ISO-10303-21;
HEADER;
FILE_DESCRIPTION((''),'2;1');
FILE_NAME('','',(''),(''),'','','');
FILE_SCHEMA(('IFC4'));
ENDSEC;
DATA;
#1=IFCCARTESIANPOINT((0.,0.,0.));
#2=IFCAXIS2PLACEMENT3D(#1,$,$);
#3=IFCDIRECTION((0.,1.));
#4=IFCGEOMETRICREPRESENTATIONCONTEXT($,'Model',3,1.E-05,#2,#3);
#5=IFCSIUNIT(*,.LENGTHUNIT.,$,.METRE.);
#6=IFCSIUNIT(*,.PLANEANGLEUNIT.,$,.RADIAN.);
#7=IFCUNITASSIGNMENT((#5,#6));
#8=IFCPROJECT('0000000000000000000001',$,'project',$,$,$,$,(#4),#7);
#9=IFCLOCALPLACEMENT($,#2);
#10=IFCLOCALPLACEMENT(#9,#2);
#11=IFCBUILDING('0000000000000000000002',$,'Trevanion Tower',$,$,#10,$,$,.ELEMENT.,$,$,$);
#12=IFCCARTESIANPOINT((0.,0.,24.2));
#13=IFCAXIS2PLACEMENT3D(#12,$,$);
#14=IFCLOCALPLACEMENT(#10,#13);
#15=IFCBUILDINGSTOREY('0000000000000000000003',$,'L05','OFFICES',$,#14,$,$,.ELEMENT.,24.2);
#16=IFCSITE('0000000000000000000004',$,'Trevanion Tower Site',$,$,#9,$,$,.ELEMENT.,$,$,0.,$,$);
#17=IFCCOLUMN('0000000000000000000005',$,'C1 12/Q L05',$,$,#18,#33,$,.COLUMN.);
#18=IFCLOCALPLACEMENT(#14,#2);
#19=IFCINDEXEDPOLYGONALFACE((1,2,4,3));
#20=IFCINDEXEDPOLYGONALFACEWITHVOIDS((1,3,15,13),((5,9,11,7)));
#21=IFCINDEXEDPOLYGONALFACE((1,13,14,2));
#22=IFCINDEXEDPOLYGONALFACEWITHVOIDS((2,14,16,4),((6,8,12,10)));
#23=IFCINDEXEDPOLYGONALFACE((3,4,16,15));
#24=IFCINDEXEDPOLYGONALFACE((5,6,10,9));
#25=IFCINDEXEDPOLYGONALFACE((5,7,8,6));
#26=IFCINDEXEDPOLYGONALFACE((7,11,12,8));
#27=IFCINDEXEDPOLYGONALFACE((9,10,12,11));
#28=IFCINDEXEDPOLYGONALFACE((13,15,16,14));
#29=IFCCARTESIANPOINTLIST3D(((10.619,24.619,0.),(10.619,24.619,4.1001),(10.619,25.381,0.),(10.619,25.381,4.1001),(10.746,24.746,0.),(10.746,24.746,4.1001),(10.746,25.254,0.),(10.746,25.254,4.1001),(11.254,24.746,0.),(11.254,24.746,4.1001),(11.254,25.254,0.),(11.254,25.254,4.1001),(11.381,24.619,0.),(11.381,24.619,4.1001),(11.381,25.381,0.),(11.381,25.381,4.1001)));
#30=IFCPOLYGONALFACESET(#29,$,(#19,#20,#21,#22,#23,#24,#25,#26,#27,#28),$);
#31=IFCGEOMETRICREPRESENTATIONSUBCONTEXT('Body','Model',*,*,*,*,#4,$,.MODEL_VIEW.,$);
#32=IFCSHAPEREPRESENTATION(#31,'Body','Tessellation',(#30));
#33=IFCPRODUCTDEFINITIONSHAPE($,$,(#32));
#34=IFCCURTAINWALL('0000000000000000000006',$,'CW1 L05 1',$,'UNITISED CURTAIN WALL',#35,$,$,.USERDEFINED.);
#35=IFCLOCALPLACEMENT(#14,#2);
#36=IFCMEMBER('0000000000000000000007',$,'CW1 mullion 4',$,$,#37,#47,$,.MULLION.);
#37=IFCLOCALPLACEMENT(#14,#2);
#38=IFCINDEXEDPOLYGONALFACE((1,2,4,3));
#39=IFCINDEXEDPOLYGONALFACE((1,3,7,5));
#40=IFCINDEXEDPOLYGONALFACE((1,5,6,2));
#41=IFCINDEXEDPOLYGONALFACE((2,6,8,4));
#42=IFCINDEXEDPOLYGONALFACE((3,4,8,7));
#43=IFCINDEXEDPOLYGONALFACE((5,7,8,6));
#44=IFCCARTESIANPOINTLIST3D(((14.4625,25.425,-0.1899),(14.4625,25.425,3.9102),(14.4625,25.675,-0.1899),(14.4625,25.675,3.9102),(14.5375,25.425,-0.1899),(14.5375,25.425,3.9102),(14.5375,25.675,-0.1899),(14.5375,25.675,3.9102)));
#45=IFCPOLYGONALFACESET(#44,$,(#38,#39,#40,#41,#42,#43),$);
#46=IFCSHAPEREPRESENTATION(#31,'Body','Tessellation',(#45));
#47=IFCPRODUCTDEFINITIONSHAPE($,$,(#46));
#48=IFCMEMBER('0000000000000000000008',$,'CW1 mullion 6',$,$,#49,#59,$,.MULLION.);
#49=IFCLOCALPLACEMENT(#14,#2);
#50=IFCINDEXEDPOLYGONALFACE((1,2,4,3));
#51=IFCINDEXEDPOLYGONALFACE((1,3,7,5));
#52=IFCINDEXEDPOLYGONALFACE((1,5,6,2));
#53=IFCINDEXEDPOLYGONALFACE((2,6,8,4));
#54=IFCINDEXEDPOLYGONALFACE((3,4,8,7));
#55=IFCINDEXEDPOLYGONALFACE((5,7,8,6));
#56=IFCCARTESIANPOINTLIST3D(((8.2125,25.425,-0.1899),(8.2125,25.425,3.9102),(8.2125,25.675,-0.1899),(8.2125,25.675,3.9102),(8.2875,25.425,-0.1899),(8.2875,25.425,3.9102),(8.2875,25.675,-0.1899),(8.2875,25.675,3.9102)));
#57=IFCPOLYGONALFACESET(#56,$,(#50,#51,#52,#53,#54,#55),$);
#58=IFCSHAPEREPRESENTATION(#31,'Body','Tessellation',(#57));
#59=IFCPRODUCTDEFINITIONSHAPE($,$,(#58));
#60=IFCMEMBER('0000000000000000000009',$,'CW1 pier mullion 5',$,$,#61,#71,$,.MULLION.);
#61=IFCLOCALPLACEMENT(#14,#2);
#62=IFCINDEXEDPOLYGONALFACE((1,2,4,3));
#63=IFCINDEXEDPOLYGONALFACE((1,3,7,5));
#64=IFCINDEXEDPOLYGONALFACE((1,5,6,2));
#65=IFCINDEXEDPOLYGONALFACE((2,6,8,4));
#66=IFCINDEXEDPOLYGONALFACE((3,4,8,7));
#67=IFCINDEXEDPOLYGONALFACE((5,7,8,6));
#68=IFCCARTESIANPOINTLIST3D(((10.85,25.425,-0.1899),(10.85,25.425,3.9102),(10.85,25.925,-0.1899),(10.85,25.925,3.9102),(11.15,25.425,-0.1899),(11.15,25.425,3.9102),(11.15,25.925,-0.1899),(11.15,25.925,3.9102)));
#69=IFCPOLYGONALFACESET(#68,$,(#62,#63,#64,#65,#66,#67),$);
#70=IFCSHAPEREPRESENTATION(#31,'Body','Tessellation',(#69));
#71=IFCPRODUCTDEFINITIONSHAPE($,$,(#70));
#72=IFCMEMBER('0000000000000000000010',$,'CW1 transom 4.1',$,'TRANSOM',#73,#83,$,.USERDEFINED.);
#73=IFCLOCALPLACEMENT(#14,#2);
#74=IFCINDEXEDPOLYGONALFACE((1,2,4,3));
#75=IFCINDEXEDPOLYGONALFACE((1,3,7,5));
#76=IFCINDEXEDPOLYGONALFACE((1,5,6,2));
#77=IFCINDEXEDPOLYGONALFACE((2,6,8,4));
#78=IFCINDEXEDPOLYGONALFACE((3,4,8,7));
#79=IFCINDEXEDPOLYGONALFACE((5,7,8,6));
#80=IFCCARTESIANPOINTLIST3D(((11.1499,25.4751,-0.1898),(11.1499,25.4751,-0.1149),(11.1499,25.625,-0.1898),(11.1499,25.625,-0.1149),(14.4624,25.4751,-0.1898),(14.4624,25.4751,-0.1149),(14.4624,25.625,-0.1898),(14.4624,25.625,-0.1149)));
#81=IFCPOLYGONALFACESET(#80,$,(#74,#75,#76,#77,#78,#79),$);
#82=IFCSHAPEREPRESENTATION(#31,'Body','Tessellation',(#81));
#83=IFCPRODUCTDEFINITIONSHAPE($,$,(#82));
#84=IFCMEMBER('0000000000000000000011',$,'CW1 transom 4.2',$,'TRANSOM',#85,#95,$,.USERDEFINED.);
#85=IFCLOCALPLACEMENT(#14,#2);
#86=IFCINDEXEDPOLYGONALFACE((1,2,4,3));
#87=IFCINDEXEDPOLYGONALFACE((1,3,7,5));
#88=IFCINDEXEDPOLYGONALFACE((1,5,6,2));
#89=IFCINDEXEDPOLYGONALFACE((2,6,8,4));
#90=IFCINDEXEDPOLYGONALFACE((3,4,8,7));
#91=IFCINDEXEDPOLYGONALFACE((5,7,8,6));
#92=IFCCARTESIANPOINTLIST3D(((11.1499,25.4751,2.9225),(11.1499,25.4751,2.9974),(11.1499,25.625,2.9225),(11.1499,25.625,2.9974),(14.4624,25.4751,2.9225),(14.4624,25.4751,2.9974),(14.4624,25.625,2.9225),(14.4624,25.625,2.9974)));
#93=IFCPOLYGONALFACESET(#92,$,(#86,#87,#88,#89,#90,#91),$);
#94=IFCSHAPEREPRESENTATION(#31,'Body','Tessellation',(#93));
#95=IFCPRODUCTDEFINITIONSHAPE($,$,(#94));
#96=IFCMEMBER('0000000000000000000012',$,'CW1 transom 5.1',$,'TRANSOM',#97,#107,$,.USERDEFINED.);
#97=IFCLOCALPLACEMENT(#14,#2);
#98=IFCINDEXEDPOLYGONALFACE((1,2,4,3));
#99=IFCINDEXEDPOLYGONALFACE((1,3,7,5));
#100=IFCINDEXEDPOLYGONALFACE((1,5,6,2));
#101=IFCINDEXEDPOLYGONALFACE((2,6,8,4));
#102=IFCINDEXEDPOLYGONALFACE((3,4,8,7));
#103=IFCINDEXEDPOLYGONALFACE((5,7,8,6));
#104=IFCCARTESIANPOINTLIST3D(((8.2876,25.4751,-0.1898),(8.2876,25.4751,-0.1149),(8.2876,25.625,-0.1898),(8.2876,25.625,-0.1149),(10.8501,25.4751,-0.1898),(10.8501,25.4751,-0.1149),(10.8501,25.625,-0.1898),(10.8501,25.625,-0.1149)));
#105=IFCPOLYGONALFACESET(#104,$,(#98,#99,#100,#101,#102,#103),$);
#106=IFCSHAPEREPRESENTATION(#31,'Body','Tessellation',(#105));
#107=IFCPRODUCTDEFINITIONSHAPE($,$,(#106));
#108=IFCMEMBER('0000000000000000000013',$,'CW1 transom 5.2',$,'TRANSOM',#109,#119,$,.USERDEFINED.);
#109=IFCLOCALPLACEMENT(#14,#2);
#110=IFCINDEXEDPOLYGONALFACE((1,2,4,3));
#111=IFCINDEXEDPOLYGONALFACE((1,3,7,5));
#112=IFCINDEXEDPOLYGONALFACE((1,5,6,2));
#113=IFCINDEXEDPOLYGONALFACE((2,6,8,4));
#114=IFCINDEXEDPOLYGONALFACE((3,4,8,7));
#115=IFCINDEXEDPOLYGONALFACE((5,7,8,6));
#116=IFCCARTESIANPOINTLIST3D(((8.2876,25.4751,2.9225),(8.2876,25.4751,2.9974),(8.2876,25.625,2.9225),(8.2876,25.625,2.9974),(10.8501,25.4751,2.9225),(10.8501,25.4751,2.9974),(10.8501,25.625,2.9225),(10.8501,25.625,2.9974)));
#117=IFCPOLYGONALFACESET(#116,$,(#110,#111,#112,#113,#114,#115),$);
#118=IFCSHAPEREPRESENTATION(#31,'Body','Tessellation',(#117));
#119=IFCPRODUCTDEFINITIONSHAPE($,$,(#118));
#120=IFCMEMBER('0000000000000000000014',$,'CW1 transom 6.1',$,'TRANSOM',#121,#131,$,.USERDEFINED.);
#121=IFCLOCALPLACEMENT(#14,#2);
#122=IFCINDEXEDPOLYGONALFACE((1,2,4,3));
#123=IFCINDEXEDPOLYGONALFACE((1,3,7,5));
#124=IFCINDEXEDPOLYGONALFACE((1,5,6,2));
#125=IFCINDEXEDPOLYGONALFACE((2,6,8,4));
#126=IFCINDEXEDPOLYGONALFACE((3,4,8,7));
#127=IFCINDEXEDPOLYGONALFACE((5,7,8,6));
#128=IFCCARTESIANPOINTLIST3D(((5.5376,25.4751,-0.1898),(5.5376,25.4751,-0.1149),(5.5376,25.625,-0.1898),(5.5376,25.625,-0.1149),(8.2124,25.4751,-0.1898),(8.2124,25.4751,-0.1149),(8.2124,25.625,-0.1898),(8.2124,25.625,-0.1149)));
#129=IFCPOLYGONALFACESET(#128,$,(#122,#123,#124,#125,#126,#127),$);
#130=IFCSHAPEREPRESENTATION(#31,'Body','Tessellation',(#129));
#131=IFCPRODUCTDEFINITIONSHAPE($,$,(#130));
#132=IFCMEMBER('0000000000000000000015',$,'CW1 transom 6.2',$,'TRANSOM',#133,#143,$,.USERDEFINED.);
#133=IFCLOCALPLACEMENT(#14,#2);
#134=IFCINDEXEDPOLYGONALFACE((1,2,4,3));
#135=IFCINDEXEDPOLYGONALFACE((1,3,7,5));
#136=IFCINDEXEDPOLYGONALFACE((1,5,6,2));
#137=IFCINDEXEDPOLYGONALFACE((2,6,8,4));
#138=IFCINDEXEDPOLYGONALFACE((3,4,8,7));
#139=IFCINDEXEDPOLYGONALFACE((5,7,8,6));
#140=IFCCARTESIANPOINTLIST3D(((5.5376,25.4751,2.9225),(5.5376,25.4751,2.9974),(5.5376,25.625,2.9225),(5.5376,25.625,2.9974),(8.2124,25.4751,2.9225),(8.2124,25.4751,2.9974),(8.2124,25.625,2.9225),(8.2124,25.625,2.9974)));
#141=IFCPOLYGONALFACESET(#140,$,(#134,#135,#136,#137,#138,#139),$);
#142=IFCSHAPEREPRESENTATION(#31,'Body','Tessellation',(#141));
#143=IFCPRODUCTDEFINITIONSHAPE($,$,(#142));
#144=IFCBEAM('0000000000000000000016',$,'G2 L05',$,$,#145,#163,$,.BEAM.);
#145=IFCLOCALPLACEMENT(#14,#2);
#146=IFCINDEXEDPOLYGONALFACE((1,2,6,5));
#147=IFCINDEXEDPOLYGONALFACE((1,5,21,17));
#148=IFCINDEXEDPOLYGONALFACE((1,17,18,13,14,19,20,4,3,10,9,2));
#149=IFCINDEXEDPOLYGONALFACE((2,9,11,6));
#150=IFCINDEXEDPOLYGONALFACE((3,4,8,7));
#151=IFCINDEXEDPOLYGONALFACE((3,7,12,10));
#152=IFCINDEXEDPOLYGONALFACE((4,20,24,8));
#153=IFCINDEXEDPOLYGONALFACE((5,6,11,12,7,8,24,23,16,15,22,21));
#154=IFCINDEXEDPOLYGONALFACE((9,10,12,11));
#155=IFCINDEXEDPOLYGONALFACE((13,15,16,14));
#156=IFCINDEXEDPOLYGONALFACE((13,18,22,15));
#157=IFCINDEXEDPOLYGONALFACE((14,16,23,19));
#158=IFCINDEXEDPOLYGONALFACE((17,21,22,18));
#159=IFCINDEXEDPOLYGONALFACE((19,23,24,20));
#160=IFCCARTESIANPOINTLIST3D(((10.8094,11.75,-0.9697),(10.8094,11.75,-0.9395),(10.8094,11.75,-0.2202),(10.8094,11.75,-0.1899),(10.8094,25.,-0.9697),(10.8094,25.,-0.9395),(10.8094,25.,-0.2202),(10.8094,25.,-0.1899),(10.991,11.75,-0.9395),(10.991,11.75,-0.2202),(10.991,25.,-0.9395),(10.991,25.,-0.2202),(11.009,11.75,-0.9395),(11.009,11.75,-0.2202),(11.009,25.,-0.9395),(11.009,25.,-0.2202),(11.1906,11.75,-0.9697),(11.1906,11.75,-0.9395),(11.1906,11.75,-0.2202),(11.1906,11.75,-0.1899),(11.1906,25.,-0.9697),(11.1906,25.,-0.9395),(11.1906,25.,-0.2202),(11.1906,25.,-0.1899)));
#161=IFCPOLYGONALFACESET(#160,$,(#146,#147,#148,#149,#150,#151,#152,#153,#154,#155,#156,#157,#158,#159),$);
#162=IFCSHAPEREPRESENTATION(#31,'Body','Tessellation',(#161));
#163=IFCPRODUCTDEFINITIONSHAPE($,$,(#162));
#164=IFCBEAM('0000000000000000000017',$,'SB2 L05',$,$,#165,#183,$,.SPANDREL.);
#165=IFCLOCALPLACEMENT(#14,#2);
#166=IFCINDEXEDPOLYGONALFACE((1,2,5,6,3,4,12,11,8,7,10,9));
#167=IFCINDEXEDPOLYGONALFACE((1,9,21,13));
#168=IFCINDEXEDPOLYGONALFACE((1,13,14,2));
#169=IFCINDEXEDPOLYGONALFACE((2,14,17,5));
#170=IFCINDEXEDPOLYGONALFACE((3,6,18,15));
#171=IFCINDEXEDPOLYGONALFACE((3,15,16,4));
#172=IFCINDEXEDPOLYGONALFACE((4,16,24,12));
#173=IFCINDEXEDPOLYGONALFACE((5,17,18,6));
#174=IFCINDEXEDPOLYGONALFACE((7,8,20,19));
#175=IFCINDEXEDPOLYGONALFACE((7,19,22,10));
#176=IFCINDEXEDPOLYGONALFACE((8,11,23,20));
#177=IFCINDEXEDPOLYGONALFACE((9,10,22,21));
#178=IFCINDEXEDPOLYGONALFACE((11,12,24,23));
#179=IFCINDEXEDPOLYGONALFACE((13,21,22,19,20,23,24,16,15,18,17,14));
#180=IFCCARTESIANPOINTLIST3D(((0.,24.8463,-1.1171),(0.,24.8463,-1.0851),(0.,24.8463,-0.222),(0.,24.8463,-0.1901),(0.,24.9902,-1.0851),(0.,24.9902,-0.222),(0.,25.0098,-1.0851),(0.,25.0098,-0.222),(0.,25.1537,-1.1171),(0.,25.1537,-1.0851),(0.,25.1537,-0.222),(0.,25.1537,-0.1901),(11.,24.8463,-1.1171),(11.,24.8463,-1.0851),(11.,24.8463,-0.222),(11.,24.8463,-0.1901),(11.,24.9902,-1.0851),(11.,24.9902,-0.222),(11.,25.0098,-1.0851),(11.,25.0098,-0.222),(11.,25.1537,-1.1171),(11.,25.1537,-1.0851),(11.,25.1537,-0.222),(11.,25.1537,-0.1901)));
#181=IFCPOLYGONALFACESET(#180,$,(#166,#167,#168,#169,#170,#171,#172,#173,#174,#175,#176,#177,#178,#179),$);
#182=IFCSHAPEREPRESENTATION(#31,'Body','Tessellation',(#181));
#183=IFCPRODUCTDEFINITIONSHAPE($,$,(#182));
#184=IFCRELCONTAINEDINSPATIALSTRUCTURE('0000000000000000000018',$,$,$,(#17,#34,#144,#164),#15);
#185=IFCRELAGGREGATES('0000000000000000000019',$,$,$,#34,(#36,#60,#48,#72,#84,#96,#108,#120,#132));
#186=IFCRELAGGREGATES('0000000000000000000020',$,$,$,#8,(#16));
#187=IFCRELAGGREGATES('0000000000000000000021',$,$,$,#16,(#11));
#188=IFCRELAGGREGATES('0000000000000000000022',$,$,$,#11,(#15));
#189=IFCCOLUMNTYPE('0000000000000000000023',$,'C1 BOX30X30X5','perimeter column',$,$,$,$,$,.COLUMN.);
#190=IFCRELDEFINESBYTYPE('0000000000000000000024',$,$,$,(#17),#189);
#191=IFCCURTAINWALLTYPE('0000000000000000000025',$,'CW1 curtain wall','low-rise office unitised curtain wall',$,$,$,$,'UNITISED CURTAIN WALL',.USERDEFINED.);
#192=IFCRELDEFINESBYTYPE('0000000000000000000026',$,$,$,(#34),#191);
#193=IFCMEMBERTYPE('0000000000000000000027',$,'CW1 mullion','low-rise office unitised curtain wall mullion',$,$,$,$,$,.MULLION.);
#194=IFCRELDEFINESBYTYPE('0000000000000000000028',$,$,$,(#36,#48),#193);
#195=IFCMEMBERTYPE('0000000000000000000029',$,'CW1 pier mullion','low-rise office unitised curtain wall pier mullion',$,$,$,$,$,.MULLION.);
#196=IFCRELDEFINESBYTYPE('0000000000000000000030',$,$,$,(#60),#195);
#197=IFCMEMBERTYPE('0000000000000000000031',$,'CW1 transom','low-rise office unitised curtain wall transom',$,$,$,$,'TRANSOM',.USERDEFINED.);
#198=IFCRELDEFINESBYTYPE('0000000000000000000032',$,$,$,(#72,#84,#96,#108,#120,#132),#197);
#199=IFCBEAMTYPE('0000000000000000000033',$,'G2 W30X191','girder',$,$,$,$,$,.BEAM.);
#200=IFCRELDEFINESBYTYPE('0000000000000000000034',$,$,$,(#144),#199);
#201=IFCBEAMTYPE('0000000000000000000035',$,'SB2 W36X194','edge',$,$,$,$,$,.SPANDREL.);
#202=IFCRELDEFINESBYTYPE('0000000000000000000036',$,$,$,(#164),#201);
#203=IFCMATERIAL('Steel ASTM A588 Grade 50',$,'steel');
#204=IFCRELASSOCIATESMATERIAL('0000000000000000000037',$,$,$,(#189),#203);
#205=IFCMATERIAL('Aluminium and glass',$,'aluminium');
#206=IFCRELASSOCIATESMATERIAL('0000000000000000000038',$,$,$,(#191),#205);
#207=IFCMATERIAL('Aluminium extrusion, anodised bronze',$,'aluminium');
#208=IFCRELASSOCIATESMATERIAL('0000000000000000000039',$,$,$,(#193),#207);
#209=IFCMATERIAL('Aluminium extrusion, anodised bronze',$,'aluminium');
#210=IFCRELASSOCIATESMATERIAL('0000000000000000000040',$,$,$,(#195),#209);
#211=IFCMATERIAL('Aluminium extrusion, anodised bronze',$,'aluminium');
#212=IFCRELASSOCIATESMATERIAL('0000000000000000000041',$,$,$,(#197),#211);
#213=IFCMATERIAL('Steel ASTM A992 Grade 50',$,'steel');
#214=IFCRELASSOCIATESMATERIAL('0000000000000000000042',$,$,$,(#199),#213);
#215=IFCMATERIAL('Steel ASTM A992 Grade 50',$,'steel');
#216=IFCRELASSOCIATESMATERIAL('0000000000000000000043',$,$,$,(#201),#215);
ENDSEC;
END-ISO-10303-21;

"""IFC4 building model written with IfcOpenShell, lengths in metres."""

from ifc_helpers import new_model, si_unit, direction, frame, origin, origin_2d, place, context, subcontext, project, spatial, rectangle, hollow_rectangle, i_section, extrude, material, material_profile, profile_set, type_object, element, aggregate, save


model = new_model("IFC4")

# Units and contexts
model_context = context("Model", 3, precision=1e-05, world=origin(), true_north=direction((0.0, 1.0)))
body_context = subcontext(model_context, "Body", "Model", "MODEL_VIEW")
ifc_project = project(units=[si_unit("LENGTHUNIT", "METRE"), si_unit("PLANEANGLEUNIT", "RADIAN")], contexts=[model_context])

# Site, building, storey
site_placement = place(None, origin())
site = spatial("IfcSite", under=ifc_project, at=site_placement, Name="Trevanion Tower Site", CompositionType="ELEMENT", RefElevation=0.0)
building_placement = place(site_placement, origin())
building = spatial("IfcBuilding", under=site, at=building_placement, Name="Trevanion Tower", CompositionType="ELEMENT")
storey_placement = place(building_placement, frame((0.0, 0.0, 24.2)))
storey = spatial("IfcBuildingStorey", under=building, at=storey_placement, Name="L05", Description="OFFICES", CompositionType="ELEMENT", Elevation=24.2)

# Column
ifc_material_1 = material(Name="Steel ASTM A588 Grade 50", Category="steel")
ifc_material_profile_1 = material_profile(ifc_material_1, hollow_rectangle(XDim=0.762, YDim=0.762, WallThickness=0.127, at=origin_2d()), Name="BOX30X30X5")
ifc_profile_set_1 = profile_set([ifc_material_profile_1], Name="Steel ASTM A588 Grade 50")
column_type = type_object("IfcColumnType", Name="C1 BOX30X30X5", Description="perimeter column", PredefinedType="COLUMN", material=ifc_profile_set_1)
column_placement = place(storey_placement, frame((11.0, 25.0, 0.0), z_axis=(0.0, 0.0, 1.0), x_axis=(1.0, 0.0, 0.0)))
element("IfcColumn", 1, at=column_placement, inside=storey, type_object=column_type, Name="C1 12/Q L05", PredefinedType="COLUMN", context=body_context, shape_type="SweptSolid", body=[
    extrude(hollow_rectangle(XDim=0.762, YDim=0.762, WallThickness=0.127, at=origin_2d()), origin(), (0.0, 0.0, 1.0), 4.1001),
])

# Curtain wall, members
ifc_material_2 = material(Name="Aluminium and glass", Category="aluminium")
curtain_wall_type = type_object("IfcCurtainWallType", Name="CW1 curtain wall", Description="low-rise office unitised curtain wall", ElementType="UNITISED CURTAIN WALL", PredefinedType="USERDEFINED", material=ifc_material_2)
curtain_wall_placement = place(storey_placement, origin())
curtain_wall = element("IfcCurtainWall", 2, at=curtain_wall_placement, inside=storey, type_object=curtain_wall_type, Name="CW1 L05 1", ObjectType="UNITISED CURTAIN WALL", PredefinedType="USERDEFINED")
ifc_material_3 = material(Name="Aluminium extrusion, anodised bronze", Category="aluminium")
ifc_material_profile_2 = material_profile(ifc_material_3, rectangle(XDim=0.075, YDim=0.25, at=origin_2d()), Name="CW1 mullion")
ifc_profile_set_2 = profile_set([ifc_material_profile_2], Name="Aluminium extrusion, anodised bronze")
member_type_1 = type_object("IfcMemberType", Name="CW1 mullion", Description="low-rise office unitised curtain wall mullion", PredefinedType="MULLION", material=ifc_profile_set_2)
member_1_placement = place(storey_placement, frame((14.5, 25.55, -0.1899), z_axis=(0.0, 0.0, 1.0), x_axis=(-1.0, 0.0, 0.0)))
member_1 = element("IfcMember", 3, at=member_1_placement, type_object=member_type_1, Name="CW1 mullion 4", PredefinedType="MULLION", context=body_context, shape_type="SweptSolid", body=[
    extrude(rectangle(XDim=0.075, YDim=0.25, at=origin_2d()), origin(), (0.0, 0.0, 1.0), 4.1001),
])
member_2_placement = place(storey_placement, frame((8.25, 25.55, -0.1899), z_axis=(0.0, 0.0, 1.0), x_axis=(-1.0, 0.0, 0.0)))
member_2 = element("IfcMember", 4, at=member_2_placement, type_object=member_type_1, Name="CW1 mullion 6", PredefinedType="MULLION", context=body_context, shape_type="SweptSolid", body=[
    extrude(rectangle(XDim=0.075, YDim=0.25, at=origin_2d()), origin(), (0.0, 0.0, 1.0), 4.1001),
])
ifc_material_4 = material(Name="Aluminium extrusion, anodised bronze", Category="aluminium")
ifc_material_profile_3 = material_profile(ifc_material_4, rectangle(XDim=0.3, YDim=0.5, at=origin_2d()), Name="CW1 pier mullion")
ifc_profile_set_3 = profile_set([ifc_material_profile_3], Name="Aluminium extrusion, anodised bronze")
member_type_2 = type_object("IfcMemberType", Name="CW1 pier mullion", Description="low-rise office unitised curtain wall pier mullion", PredefinedType="MULLION", material=ifc_profile_set_3)
member_3_placement = place(storey_placement, frame((11.0, 25.675, -0.1899), z_axis=(0.0, 0.0, 1.0), x_axis=(-1.0, 0.0, 0.0)))
member_3 = element("IfcMember", 5, at=member_3_placement, type_object=member_type_2, Name="CW1 pier mullion 5", PredefinedType="MULLION", context=body_context, shape_type="SweptSolid", body=[
    extrude(rectangle(XDim=0.3, YDim=0.5, at=origin_2d()), origin(), (0.0, 0.0, 1.0), 4.1001),
])
ifc_material_5 = material(Name="Aluminium extrusion, anodised bronze", Category="aluminium")
ifc_material_profile_4 = material_profile(ifc_material_5, rectangle(XDim=0.1499, YDim=0.075, at=origin_2d()), Name="CW1 transom")
ifc_profile_set_4 = profile_set([ifc_material_profile_4], Name="Aluminium extrusion, anodised bronze")
member_type_3 = type_object("IfcMemberType", Name="CW1 transom", Description="low-rise office unitised curtain wall transom", ElementType="TRANSOM", PredefinedType="USERDEFINED", material=ifc_profile_set_4)
member_4_placement = place(storey_placement, frame((14.4624, 25.55, -0.1523), z_axis=(-1.0, 0.0, 0.0), x_axis=(0.0, -1.0, 0.0)))
member_4 = element("IfcMember", 6, at=member_4_placement, type_object=member_type_3, Name="CW1 transom 4.1", ObjectType="TRANSOM", PredefinedType="USERDEFINED", context=body_context, shape_type="SweptSolid", body=[
    extrude(rectangle(XDim=0.1499, YDim=0.075, at=origin_2d()), origin(), (0.0, 0.0, 1.0), 3.3125),
])
member_5_placement = place(storey_placement, frame((14.4624, 25.55, 2.96), z_axis=(-1.0, 0.0, 0.0), x_axis=(0.0, -1.0, 0.0)))
member_5 = element("IfcMember", 7, at=member_5_placement, type_object=member_type_3, Name="CW1 transom 4.2", ObjectType="TRANSOM", PredefinedType="USERDEFINED", context=body_context, shape_type="SweptSolid", body=[
    extrude(rectangle(XDim=0.1499, YDim=0.075, at=origin_2d()), origin(), (0.0, 0.0, 1.0), 3.3125),
])
member_6_placement = place(storey_placement, frame((10.8501, 25.55, -0.1523), z_axis=(-1.0, 0.0, 0.0), x_axis=(0.0, -1.0, 0.0)))
member_6 = element("IfcMember", 8, at=member_6_placement, type_object=member_type_3, Name="CW1 transom 5.1", ObjectType="TRANSOM", PredefinedType="USERDEFINED", context=body_context, shape_type="SweptSolid", body=[
    extrude(rectangle(XDim=0.1499, YDim=0.075, at=origin_2d()), origin(), (0.0, 0.0, 1.0), 2.5625),
])
member_7_placement = place(storey_placement, frame((10.8501, 25.55, 2.96), z_axis=(-1.0, 0.0, 0.0), x_axis=(0.0, -1.0, 0.0)))
member_7 = element("IfcMember", 9, at=member_7_placement, type_object=member_type_3, Name="CW1 transom 5.2", ObjectType="TRANSOM", PredefinedType="USERDEFINED", context=body_context, shape_type="SweptSolid", body=[
    extrude(rectangle(XDim=0.1499, YDim=0.075, at=origin_2d()), origin(), (0.0, 0.0, 1.0), 2.5625),
])
member_8_placement = place(storey_placement, frame((8.2124, 25.55, -0.1523), z_axis=(-1.0, 0.0, 0.0), x_axis=(0.0, -1.0, 0.0)))
member_8 = element("IfcMember", 10, at=member_8_placement, type_object=member_type_3, Name="CW1 transom 6.1", ObjectType="TRANSOM", PredefinedType="USERDEFINED", context=body_context, shape_type="SweptSolid", body=[
    extrude(rectangle(XDim=0.1499, YDim=0.075, at=origin_2d()), origin(), (0.0, 0.0, 1.0), 2.6748),
])
member_9_placement = place(storey_placement, frame((8.2124, 25.55, 2.96), z_axis=(-1.0, 0.0, 0.0), x_axis=(0.0, -1.0, 0.0)))
member_9 = element("IfcMember", 11, at=member_9_placement, type_object=member_type_3, Name="CW1 transom 6.2", ObjectType="TRANSOM", PredefinedType="USERDEFINED", context=body_context, shape_type="SweptSolid", body=[
    extrude(rectangle(XDim=0.1499, YDim=0.075, at=origin_2d()), origin(), (0.0, 0.0, 1.0), 2.6748),
])

# Beams
ifc_material_6 = material(Name="Steel ASTM A992 Grade 50", Category="steel")
ifc_material_profile_5 = material_profile(ifc_material_6, i_section(OverallWidth=0.3811, OverallDepth=0.7798, WebThickness=0.0181, FlangeThickness=0.0303, at=origin_2d()), Name="W30X191")
ifc_profile_set_5 = profile_set([ifc_material_profile_5], Name="Steel ASTM A992 Grade 50")
beam_type_1 = type_object("IfcBeamType", Name="G2 W30X191", Description="girder", PredefinedType="BEAM", material=ifc_profile_set_5)
beam_1_placement = place(storey_placement, frame((11.0, 11.75, -0.5798), z_axis=(0.0, 1.0, 0.0), x_axis=(-1.0, 0.0, 0.0)))
element("IfcBeam", 12, at=beam_1_placement, inside=storey, type_object=beam_type_1, Name="G2 L05", PredefinedType="BEAM", context=body_context, shape_type="SweptSolid", body=[
    extrude(i_section(OverallWidth=0.3811, OverallDepth=0.7798, WebThickness=0.0181, FlangeThickness=0.0303, at=origin_2d()), origin(), (0.0, 0.0, 1.0), 13.25),
])
ifc_material_7 = material(Name="Steel ASTM A992 Grade 50", Category="steel")
ifc_material_profile_6 = material_profile(ifc_material_7, i_section(OverallWidth=0.3074, OverallDepth=0.927, WebThickness=0.0195, FlangeThickness=0.032, at=origin_2d()), Name="W36X194")
ifc_profile_set_6 = profile_set([ifc_material_profile_6], Name="Steel ASTM A992 Grade 50")
beam_type_2 = type_object("IfcBeamType", Name="SB2 W36X194", Description="edge", PredefinedType="SPANDREL", material=ifc_profile_set_6)
beam_2_placement = place(storey_placement, frame((11.0, 25.0, -0.6536), z_axis=(-1.0, 0.0, 0.0), x_axis=(0.0, -1.0, 0.0)))
element("IfcBeam", 13, at=beam_2_placement, inside=storey, type_object=beam_type_2, Name="SB2 L05", PredefinedType="SPANDREL", context=body_context, shape_type="SweptSolid", body=[
    extrude(i_section(OverallWidth=0.3074, OverallDepth=0.927, WebThickness=0.0195, FlangeThickness=0.032, at=origin_2d()), origin(), (0.0, 0.0, 1.0), 11.0),
])

aggregate(curtain_wall, [member_1, member_3, member_2, member_4, member_5, member_6, member_7, member_8, member_9])

save(model, "model.ifc")
